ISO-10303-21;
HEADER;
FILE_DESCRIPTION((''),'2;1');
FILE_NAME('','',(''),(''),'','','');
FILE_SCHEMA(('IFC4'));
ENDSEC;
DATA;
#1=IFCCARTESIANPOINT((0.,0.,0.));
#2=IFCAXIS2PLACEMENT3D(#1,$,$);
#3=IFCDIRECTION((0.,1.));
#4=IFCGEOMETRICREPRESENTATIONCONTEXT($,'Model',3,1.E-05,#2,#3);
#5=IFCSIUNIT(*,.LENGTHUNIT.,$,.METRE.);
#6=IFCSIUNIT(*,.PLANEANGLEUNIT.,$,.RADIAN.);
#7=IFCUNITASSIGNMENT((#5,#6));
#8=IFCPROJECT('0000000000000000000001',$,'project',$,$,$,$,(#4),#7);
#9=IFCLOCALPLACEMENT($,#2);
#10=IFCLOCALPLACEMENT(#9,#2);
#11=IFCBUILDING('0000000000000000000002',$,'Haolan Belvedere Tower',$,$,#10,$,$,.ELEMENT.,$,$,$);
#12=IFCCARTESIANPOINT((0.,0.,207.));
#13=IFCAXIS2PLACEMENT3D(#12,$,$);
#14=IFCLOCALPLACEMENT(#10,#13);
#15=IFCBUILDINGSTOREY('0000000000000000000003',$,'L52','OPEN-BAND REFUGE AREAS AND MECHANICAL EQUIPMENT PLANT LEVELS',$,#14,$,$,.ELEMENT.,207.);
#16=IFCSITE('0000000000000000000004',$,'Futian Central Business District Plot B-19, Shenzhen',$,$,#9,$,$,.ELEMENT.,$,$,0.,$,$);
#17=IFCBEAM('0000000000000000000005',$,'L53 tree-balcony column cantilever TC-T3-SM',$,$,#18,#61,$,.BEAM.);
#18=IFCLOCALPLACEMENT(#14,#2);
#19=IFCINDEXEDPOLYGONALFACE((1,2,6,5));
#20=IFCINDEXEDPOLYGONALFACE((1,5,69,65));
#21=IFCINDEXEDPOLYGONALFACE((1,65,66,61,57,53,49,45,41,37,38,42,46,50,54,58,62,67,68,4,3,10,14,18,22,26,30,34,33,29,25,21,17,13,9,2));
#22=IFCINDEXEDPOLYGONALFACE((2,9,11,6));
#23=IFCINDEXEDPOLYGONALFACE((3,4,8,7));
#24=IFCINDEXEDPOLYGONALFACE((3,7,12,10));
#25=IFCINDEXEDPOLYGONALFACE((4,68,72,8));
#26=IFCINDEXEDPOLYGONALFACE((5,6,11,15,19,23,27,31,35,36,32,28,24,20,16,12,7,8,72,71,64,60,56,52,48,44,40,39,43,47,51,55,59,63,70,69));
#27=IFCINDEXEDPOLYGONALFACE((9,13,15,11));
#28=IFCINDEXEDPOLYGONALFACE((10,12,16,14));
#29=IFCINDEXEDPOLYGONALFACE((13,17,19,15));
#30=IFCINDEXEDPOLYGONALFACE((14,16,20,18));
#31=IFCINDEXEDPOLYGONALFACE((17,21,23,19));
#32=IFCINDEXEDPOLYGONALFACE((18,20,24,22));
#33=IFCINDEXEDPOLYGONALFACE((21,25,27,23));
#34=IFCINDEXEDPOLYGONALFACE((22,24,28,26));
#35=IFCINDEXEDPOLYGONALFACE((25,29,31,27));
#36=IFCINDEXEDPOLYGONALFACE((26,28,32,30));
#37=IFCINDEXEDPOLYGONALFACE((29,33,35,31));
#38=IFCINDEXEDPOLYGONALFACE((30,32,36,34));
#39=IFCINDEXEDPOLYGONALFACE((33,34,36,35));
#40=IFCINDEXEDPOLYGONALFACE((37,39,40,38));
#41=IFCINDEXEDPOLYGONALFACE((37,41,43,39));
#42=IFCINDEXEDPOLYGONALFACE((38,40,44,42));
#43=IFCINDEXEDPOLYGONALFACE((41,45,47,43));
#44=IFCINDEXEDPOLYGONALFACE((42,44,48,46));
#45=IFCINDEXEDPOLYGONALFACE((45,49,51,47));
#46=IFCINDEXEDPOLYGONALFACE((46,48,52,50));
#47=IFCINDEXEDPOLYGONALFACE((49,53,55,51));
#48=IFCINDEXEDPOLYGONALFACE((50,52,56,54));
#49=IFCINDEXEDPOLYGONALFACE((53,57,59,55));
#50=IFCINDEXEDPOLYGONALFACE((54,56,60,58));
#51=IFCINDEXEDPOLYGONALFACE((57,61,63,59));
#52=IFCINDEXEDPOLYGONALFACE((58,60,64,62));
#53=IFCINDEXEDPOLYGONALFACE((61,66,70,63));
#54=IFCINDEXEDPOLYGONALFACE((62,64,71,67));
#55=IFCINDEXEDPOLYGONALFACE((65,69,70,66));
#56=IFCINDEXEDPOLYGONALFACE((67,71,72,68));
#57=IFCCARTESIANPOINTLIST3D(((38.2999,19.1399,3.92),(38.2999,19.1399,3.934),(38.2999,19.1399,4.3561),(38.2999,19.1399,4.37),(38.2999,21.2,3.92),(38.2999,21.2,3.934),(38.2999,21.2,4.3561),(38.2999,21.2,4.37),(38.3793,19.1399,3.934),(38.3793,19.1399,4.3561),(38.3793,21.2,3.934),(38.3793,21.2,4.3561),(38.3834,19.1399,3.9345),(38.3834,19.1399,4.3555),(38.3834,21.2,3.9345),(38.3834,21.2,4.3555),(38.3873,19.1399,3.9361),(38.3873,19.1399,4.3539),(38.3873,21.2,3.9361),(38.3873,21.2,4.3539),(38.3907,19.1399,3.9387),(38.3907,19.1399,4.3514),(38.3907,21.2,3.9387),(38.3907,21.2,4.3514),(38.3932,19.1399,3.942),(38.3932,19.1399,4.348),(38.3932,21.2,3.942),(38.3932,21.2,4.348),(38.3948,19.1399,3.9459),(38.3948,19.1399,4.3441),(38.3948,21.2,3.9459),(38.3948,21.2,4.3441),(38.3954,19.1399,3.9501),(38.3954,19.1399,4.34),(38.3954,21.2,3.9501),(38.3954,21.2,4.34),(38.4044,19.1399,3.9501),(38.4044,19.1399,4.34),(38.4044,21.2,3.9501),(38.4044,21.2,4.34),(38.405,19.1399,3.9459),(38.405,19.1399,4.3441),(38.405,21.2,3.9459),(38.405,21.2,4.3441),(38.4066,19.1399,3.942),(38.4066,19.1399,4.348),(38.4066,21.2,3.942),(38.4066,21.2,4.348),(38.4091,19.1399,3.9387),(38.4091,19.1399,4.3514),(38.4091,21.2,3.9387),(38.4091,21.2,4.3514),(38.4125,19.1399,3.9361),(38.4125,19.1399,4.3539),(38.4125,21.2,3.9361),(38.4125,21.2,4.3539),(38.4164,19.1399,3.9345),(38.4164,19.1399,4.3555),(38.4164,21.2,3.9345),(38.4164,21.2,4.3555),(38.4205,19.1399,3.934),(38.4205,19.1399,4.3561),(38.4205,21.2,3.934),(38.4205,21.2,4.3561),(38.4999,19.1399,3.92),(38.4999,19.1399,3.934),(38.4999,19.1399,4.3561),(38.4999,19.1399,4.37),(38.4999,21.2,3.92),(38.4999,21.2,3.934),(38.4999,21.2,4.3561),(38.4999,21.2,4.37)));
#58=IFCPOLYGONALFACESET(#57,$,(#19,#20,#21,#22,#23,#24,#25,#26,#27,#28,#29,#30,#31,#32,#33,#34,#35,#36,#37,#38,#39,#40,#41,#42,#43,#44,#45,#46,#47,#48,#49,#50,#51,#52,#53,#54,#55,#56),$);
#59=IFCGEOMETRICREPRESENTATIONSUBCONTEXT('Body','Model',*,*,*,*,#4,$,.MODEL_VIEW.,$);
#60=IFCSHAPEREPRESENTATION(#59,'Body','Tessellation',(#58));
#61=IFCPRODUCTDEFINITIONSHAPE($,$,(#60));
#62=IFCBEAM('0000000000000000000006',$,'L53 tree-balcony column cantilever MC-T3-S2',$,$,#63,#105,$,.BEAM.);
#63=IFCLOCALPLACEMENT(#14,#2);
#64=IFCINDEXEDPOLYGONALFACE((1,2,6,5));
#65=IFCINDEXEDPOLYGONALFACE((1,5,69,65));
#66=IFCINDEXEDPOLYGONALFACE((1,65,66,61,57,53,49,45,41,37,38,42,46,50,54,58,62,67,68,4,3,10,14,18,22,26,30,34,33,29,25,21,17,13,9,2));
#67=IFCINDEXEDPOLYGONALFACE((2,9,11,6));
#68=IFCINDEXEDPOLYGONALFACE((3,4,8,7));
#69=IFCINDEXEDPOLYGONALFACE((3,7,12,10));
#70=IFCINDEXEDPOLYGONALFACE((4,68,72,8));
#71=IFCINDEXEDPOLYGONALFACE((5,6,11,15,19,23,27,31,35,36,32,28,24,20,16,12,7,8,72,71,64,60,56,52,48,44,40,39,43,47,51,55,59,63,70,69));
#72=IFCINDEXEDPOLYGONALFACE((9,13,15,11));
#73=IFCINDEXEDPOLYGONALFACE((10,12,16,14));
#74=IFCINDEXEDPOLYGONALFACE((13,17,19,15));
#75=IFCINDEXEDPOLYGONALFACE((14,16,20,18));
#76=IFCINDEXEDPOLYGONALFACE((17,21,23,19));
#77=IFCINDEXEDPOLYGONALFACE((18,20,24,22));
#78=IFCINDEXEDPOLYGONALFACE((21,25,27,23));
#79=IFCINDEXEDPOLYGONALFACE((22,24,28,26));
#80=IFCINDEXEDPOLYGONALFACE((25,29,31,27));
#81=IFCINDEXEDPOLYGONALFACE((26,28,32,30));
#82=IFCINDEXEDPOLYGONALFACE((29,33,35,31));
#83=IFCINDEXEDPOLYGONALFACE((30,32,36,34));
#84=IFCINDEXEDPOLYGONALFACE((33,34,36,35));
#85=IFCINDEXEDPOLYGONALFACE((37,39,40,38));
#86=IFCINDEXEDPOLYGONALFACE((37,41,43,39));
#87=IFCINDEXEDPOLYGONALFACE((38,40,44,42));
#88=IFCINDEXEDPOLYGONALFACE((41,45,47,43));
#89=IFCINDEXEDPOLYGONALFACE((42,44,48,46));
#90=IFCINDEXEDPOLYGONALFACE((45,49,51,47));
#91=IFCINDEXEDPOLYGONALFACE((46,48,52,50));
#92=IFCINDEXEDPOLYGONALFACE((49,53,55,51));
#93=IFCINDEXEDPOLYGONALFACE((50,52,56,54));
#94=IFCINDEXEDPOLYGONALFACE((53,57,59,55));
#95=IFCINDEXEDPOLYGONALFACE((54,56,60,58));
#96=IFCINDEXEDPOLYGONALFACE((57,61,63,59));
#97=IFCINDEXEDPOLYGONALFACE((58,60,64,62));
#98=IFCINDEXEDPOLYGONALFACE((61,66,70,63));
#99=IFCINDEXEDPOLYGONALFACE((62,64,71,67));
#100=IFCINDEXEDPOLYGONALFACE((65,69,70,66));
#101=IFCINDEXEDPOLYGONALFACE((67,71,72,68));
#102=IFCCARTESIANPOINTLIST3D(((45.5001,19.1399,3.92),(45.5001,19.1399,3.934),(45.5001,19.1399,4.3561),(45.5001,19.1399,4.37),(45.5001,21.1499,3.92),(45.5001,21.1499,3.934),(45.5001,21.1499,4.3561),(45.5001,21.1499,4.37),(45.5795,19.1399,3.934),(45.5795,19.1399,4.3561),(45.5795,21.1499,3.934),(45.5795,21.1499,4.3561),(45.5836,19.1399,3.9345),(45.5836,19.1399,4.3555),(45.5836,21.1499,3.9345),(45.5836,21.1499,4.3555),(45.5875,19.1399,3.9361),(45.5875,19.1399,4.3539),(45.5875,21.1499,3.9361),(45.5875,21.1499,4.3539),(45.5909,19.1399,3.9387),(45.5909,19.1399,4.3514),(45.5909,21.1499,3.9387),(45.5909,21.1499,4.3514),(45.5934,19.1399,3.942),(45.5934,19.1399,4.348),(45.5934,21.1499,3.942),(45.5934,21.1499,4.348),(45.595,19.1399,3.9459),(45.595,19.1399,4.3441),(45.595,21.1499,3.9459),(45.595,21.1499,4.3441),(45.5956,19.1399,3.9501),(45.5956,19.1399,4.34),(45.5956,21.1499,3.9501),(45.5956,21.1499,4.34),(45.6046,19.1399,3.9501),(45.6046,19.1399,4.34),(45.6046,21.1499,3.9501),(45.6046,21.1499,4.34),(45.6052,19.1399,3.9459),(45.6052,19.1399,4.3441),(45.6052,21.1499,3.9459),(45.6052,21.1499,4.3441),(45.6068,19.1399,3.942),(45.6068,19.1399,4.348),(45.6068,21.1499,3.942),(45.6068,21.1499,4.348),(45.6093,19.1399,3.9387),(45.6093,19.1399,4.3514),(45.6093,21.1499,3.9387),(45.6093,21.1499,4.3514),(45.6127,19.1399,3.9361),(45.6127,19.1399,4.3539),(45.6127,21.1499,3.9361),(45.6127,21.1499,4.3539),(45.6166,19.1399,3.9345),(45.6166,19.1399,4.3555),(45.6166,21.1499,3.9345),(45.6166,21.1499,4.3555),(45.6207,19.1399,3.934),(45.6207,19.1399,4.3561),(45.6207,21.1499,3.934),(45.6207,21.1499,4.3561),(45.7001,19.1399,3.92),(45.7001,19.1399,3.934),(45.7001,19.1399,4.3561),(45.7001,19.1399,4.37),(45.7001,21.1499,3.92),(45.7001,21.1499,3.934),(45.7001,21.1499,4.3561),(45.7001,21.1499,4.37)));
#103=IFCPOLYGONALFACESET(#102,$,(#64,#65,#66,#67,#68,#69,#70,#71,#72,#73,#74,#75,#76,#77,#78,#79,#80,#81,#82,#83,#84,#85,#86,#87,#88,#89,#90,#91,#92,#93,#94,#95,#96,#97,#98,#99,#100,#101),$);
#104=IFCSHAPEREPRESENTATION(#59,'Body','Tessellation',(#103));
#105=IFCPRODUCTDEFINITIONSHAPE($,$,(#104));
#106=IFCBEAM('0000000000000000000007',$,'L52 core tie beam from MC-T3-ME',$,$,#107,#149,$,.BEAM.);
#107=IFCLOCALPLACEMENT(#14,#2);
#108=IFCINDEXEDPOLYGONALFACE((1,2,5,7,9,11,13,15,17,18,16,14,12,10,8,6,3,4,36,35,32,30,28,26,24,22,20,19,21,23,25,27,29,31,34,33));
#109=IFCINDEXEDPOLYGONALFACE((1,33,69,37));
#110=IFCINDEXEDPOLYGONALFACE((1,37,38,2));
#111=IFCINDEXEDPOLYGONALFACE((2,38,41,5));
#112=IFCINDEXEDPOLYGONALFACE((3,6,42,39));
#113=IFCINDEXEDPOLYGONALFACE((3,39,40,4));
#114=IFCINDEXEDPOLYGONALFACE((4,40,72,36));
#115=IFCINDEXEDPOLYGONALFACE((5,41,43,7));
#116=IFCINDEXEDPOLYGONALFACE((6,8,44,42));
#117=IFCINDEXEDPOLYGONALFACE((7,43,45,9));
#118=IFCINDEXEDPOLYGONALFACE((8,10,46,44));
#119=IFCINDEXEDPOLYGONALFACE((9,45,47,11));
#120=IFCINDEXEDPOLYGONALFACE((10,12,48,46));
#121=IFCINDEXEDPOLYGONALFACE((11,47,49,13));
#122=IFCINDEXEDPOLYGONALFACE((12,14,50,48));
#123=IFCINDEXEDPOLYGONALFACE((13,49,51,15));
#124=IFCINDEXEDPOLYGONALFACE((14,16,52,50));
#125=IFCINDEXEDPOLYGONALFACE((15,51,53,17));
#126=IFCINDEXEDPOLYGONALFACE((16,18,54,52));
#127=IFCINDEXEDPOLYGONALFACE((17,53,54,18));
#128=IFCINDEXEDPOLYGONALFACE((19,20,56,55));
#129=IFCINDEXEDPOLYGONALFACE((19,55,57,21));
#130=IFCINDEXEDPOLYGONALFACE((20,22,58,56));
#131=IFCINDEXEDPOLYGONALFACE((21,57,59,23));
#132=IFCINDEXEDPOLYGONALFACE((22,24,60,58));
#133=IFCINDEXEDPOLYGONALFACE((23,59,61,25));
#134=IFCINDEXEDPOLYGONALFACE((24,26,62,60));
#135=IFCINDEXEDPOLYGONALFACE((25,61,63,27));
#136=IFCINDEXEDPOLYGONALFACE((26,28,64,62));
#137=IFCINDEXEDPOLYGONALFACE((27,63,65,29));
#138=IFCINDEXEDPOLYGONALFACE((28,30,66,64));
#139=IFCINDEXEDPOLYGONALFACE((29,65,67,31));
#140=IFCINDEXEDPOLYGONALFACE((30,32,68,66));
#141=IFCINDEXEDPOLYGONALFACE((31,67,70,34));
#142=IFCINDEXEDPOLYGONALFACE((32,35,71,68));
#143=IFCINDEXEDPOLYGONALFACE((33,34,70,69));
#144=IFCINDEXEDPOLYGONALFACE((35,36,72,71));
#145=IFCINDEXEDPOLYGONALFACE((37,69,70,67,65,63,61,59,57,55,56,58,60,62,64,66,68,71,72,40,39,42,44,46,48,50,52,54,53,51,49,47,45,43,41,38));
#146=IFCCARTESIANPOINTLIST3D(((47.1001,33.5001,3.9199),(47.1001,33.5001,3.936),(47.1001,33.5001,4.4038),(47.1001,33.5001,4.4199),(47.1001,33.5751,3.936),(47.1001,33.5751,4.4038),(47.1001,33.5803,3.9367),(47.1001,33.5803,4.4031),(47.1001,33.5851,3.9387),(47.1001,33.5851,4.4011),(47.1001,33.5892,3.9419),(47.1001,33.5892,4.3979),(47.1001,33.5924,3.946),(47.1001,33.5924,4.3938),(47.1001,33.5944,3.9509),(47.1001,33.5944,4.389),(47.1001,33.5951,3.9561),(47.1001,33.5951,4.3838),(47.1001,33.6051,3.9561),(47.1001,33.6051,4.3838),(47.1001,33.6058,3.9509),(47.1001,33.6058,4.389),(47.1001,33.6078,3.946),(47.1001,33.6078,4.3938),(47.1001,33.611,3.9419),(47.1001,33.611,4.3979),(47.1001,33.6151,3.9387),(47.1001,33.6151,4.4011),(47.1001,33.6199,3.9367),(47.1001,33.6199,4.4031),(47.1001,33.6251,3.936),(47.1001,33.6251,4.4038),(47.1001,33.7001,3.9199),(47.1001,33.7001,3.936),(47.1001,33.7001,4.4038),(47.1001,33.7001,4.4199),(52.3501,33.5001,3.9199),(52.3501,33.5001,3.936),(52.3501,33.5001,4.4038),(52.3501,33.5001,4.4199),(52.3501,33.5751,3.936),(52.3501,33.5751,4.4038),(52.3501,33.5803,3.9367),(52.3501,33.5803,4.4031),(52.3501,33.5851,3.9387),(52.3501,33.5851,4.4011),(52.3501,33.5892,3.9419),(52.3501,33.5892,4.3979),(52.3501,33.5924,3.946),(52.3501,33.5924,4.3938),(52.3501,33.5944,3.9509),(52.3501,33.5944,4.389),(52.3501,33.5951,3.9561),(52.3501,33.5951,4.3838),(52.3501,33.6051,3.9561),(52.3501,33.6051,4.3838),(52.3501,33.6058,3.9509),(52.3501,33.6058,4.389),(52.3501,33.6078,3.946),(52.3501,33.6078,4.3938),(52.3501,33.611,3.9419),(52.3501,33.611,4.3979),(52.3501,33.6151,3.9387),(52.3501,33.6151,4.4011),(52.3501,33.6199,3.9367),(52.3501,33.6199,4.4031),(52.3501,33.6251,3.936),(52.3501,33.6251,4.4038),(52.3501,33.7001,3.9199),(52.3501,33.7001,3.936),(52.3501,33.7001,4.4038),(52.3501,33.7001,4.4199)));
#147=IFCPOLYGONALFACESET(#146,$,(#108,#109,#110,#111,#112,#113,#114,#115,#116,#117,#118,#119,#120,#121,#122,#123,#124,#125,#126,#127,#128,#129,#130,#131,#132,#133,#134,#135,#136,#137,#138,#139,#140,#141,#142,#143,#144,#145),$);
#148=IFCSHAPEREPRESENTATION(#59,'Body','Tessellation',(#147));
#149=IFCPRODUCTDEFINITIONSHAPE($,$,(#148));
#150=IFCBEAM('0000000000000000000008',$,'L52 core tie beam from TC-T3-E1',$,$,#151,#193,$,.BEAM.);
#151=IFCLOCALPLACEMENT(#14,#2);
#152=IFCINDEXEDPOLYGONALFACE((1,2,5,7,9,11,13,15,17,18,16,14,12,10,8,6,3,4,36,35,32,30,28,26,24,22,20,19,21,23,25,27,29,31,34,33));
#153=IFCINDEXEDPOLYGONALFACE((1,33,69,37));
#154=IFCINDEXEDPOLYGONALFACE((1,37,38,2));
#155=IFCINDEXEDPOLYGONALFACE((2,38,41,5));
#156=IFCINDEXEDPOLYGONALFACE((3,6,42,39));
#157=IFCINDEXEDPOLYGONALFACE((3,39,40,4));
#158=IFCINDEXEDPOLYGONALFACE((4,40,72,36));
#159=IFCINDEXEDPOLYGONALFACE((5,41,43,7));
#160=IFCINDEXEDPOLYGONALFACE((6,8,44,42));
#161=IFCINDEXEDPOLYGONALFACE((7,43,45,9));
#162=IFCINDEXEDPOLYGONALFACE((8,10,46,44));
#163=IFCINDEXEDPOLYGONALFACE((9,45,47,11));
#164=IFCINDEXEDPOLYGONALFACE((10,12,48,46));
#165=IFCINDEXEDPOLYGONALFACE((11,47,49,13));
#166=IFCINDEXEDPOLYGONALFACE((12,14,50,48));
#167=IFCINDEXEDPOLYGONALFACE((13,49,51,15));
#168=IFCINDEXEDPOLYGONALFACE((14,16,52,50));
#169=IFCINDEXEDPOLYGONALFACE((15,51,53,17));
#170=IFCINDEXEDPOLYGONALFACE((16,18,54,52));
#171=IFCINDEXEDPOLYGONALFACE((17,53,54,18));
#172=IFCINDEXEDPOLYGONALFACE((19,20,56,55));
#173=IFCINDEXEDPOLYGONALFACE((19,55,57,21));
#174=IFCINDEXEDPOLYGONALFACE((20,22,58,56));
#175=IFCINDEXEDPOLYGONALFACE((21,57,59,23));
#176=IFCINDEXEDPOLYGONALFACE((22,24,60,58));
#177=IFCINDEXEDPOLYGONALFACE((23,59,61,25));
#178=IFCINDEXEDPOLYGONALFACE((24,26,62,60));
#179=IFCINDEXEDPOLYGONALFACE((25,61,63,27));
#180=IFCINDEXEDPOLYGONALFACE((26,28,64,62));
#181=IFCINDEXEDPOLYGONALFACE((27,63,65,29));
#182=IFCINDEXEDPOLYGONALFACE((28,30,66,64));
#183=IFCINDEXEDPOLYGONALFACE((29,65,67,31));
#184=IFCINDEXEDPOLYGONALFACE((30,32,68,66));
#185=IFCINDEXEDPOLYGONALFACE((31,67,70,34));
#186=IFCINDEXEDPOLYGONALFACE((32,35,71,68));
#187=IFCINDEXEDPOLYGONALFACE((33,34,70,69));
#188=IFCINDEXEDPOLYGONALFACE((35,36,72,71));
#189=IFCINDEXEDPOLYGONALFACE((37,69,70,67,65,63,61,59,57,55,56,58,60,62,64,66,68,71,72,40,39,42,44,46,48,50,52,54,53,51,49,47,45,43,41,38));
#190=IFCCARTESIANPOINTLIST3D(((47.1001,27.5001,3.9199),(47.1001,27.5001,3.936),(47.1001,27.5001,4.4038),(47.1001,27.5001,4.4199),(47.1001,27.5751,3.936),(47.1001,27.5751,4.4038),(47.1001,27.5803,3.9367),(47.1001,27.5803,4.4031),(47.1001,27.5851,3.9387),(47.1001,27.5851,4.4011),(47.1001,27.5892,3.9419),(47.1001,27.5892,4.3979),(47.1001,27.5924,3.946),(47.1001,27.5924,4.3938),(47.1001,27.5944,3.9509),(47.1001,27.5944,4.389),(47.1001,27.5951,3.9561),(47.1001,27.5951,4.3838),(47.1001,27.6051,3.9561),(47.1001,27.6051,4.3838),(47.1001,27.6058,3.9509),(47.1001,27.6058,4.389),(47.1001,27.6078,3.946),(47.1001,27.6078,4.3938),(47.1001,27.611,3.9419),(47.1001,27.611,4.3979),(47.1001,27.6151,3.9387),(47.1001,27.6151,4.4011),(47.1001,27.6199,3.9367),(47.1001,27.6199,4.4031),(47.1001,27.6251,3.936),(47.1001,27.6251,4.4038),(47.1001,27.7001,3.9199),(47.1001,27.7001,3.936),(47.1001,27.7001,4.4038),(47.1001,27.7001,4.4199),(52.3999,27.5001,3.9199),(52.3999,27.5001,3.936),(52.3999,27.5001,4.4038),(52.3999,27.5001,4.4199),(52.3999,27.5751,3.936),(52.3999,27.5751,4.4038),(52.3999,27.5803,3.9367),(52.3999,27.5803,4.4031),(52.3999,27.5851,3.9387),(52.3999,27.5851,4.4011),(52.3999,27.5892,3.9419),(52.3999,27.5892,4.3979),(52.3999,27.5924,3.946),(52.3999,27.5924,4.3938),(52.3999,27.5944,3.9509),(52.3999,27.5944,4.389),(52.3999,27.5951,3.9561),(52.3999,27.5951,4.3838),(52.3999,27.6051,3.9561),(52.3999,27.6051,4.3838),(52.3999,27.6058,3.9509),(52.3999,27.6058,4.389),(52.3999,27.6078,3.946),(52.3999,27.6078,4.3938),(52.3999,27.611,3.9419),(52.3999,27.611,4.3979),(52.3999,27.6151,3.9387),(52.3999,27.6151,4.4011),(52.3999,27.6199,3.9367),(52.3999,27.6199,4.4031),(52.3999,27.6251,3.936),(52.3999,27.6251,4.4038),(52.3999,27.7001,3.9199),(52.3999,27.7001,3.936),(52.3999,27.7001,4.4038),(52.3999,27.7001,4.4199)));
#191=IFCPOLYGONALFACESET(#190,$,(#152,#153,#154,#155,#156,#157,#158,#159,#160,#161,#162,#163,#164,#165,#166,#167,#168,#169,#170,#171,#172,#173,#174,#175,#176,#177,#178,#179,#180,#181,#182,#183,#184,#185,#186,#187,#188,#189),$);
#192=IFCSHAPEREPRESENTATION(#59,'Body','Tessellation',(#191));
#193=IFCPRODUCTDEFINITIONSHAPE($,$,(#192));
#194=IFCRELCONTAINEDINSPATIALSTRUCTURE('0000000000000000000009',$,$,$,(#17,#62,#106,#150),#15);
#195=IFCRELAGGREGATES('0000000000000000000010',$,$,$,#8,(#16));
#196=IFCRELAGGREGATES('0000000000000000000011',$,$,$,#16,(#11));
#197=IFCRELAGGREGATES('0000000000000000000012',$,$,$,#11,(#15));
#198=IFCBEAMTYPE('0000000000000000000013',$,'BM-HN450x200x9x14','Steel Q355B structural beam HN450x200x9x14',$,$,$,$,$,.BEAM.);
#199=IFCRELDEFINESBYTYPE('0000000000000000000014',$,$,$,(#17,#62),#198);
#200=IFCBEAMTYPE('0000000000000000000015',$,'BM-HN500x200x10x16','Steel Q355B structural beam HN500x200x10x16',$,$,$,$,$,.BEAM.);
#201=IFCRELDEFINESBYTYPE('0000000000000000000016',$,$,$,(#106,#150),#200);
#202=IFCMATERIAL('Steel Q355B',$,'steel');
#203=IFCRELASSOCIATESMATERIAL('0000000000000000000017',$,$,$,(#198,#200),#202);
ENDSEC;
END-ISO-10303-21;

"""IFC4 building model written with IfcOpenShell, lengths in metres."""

from ifc_helpers import new_model, si_unit, direction, frame, origin, origin_2d, place, context, subcontext, project, spatial, i_section, extrude, material, material_profile, profile_set, type_object, element, save


model = new_model("IFC4")

# Units and contexts
model_context = context("Model", 3, precision=1e-05, world=origin(), true_north=direction((0.0, 1.0)))
body_context = subcontext(model_context, "Body", "Model", "MODEL_VIEW")
ifc_project = project(units=[si_unit("LENGTHUNIT", "METRE"), si_unit("PLANEANGLEUNIT", "RADIAN")], contexts=[model_context])

# Site, building, storey
site_placement = place(None, origin())
site = spatial("IfcSite", under=ifc_project, at=site_placement, Name="Futian Central Business District Plot B-19, Shenzhen", CompositionType="ELEMENT", RefElevation=0.0)
building_placement = place(site_placement, origin())
building = spatial("IfcBuilding", under=site, at=building_placement, Name="Haolan Belvedere Tower", CompositionType="ELEMENT")
storey_placement = place(building_placement, frame((0.0, 0.0, 207.0)))
storey = spatial("IfcBuildingStorey", under=building, at=storey_placement, Name="L52", Description="OPEN-BAND REFUGE AREAS AND MECHANICAL EQUIPMENT PLANT LEVELS", CompositionType="ELEMENT", Elevation=207.0)

# Beams
ifc_material_1 = material(Name="Steel Q355B", Category="steel")
ifc_material_profile_1 = material_profile(ifc_material_1, i_section(OverallWidth=0.2, OverallDepth=0.45, WebThickness=0.009, FlangeThickness=0.0139, FilletRadius=0.0161, at=origin_2d()), Name="Steel Q355B")
ifc_profile_set_1 = profile_set([ifc_material_profile_1], Name="Steel Q355B")
beam_type_1 = type_object("IfcBeamType", Name="BM-HN450x200x9x14", Description="Steel Q355B structural beam HN450x200x9x14", PredefinedType="BEAM", material=ifc_profile_set_1)
beam_1_placement = place(storey_placement, frame((38.3999, 21.2, 4.145), z_axis=(0.0, -1.0, 0.0), x_axis=(1.0, 0.0, 0.0)))
element("IfcBeam", 1, at=beam_1_placement, inside=storey, type_object=beam_type_1, Name="L53 tree-balcony column cantilever TC-T3-SM", PredefinedType="BEAM", context=body_context, shape_type="SweptSolid", body=[
    extrude(i_section(OverallWidth=0.2, OverallDepth=0.45, WebThickness=0.009, FlangeThickness=0.0139, FilletRadius=0.0161, at=origin_2d()), origin(), (0.0, 0.0, 1.0), 2.0601),
])
beam_2_placement = place(storey_placement, frame((45.6001, 21.1499, 4.145), z_axis=(0.0, -1.0, 0.0), x_axis=(1.0, 0.0, 0.0)))
element("IfcBeam", 2, at=beam_2_placement, inside=storey, type_object=beam_type_1, Name="L53 tree-balcony column cantilever MC-T3-S2", PredefinedType="BEAM", context=body_context, shape_type="SweptSolid", body=[
    extrude(i_section(OverallWidth=0.2, OverallDepth=0.45, WebThickness=0.009, FlangeThickness=0.0139, FilletRadius=0.0161, at=origin_2d()), origin(), (0.0, 0.0, 1.0), 2.01),
])
ifc_material_profile_2 = material_profile(ifc_material_1, i_section(OverallWidth=0.2, OverallDepth=0.5, WebThickness=0.01, FlangeThickness=0.0161, FilletRadius=0.02, at=origin_2d()), Name="Steel Q355B")
ifc_profile_set_2 = profile_set([ifc_material_profile_2], Name="Steel Q355B")
beam_type_2 = type_object("IfcBeamType", Name="BM-HN500x200x10x16", Description="Steel Q355B structural beam HN500x200x10x16", PredefinedType="BEAM", material=ifc_profile_set_2)
beam_3_placement = place(storey_placement, frame((52.3501, 33.6001, 4.1699), z_axis=(-1.0, 0.0, 0.0), x_axis=(0.0, -1.0, 0.0)))
element("IfcBeam", 3, at=beam_3_placement, inside=storey, type_object=beam_type_2, Name="L52 core tie beam from MC-T3-ME", PredefinedType="BEAM", context=body_context, shape_type="SweptSolid", body=[
    extrude(i_section(OverallWidth=0.2, OverallDepth=0.5, WebThickness=0.01, FlangeThickness=0.0161, FilletRadius=0.02, at=origin_2d()), origin(), (0.0, 0.0, 1.0), 5.25),
])
beam_4_placement = place(storey_placement, frame((52.3999, 27.6001, 4.1699), z_axis=(-1.0, 0.0, 0.0), x_axis=(0.0, -1.0, 0.0)))
element("IfcBeam", 4, at=beam_4_placement, inside=storey, type_object=beam_type_2, Name="L52 core tie beam from TC-T3-E1", PredefinedType="BEAM", context=body_context, shape_type="SweptSolid", body=[
    extrude(i_section(OverallWidth=0.2, OverallDepth=0.5, WebThickness=0.01, FlangeThickness=0.0161, FilletRadius=0.02, at=origin_2d()), origin(), (0.0, 0.0, 1.0), 5.2998),
])

save(model, "model.ifc")
